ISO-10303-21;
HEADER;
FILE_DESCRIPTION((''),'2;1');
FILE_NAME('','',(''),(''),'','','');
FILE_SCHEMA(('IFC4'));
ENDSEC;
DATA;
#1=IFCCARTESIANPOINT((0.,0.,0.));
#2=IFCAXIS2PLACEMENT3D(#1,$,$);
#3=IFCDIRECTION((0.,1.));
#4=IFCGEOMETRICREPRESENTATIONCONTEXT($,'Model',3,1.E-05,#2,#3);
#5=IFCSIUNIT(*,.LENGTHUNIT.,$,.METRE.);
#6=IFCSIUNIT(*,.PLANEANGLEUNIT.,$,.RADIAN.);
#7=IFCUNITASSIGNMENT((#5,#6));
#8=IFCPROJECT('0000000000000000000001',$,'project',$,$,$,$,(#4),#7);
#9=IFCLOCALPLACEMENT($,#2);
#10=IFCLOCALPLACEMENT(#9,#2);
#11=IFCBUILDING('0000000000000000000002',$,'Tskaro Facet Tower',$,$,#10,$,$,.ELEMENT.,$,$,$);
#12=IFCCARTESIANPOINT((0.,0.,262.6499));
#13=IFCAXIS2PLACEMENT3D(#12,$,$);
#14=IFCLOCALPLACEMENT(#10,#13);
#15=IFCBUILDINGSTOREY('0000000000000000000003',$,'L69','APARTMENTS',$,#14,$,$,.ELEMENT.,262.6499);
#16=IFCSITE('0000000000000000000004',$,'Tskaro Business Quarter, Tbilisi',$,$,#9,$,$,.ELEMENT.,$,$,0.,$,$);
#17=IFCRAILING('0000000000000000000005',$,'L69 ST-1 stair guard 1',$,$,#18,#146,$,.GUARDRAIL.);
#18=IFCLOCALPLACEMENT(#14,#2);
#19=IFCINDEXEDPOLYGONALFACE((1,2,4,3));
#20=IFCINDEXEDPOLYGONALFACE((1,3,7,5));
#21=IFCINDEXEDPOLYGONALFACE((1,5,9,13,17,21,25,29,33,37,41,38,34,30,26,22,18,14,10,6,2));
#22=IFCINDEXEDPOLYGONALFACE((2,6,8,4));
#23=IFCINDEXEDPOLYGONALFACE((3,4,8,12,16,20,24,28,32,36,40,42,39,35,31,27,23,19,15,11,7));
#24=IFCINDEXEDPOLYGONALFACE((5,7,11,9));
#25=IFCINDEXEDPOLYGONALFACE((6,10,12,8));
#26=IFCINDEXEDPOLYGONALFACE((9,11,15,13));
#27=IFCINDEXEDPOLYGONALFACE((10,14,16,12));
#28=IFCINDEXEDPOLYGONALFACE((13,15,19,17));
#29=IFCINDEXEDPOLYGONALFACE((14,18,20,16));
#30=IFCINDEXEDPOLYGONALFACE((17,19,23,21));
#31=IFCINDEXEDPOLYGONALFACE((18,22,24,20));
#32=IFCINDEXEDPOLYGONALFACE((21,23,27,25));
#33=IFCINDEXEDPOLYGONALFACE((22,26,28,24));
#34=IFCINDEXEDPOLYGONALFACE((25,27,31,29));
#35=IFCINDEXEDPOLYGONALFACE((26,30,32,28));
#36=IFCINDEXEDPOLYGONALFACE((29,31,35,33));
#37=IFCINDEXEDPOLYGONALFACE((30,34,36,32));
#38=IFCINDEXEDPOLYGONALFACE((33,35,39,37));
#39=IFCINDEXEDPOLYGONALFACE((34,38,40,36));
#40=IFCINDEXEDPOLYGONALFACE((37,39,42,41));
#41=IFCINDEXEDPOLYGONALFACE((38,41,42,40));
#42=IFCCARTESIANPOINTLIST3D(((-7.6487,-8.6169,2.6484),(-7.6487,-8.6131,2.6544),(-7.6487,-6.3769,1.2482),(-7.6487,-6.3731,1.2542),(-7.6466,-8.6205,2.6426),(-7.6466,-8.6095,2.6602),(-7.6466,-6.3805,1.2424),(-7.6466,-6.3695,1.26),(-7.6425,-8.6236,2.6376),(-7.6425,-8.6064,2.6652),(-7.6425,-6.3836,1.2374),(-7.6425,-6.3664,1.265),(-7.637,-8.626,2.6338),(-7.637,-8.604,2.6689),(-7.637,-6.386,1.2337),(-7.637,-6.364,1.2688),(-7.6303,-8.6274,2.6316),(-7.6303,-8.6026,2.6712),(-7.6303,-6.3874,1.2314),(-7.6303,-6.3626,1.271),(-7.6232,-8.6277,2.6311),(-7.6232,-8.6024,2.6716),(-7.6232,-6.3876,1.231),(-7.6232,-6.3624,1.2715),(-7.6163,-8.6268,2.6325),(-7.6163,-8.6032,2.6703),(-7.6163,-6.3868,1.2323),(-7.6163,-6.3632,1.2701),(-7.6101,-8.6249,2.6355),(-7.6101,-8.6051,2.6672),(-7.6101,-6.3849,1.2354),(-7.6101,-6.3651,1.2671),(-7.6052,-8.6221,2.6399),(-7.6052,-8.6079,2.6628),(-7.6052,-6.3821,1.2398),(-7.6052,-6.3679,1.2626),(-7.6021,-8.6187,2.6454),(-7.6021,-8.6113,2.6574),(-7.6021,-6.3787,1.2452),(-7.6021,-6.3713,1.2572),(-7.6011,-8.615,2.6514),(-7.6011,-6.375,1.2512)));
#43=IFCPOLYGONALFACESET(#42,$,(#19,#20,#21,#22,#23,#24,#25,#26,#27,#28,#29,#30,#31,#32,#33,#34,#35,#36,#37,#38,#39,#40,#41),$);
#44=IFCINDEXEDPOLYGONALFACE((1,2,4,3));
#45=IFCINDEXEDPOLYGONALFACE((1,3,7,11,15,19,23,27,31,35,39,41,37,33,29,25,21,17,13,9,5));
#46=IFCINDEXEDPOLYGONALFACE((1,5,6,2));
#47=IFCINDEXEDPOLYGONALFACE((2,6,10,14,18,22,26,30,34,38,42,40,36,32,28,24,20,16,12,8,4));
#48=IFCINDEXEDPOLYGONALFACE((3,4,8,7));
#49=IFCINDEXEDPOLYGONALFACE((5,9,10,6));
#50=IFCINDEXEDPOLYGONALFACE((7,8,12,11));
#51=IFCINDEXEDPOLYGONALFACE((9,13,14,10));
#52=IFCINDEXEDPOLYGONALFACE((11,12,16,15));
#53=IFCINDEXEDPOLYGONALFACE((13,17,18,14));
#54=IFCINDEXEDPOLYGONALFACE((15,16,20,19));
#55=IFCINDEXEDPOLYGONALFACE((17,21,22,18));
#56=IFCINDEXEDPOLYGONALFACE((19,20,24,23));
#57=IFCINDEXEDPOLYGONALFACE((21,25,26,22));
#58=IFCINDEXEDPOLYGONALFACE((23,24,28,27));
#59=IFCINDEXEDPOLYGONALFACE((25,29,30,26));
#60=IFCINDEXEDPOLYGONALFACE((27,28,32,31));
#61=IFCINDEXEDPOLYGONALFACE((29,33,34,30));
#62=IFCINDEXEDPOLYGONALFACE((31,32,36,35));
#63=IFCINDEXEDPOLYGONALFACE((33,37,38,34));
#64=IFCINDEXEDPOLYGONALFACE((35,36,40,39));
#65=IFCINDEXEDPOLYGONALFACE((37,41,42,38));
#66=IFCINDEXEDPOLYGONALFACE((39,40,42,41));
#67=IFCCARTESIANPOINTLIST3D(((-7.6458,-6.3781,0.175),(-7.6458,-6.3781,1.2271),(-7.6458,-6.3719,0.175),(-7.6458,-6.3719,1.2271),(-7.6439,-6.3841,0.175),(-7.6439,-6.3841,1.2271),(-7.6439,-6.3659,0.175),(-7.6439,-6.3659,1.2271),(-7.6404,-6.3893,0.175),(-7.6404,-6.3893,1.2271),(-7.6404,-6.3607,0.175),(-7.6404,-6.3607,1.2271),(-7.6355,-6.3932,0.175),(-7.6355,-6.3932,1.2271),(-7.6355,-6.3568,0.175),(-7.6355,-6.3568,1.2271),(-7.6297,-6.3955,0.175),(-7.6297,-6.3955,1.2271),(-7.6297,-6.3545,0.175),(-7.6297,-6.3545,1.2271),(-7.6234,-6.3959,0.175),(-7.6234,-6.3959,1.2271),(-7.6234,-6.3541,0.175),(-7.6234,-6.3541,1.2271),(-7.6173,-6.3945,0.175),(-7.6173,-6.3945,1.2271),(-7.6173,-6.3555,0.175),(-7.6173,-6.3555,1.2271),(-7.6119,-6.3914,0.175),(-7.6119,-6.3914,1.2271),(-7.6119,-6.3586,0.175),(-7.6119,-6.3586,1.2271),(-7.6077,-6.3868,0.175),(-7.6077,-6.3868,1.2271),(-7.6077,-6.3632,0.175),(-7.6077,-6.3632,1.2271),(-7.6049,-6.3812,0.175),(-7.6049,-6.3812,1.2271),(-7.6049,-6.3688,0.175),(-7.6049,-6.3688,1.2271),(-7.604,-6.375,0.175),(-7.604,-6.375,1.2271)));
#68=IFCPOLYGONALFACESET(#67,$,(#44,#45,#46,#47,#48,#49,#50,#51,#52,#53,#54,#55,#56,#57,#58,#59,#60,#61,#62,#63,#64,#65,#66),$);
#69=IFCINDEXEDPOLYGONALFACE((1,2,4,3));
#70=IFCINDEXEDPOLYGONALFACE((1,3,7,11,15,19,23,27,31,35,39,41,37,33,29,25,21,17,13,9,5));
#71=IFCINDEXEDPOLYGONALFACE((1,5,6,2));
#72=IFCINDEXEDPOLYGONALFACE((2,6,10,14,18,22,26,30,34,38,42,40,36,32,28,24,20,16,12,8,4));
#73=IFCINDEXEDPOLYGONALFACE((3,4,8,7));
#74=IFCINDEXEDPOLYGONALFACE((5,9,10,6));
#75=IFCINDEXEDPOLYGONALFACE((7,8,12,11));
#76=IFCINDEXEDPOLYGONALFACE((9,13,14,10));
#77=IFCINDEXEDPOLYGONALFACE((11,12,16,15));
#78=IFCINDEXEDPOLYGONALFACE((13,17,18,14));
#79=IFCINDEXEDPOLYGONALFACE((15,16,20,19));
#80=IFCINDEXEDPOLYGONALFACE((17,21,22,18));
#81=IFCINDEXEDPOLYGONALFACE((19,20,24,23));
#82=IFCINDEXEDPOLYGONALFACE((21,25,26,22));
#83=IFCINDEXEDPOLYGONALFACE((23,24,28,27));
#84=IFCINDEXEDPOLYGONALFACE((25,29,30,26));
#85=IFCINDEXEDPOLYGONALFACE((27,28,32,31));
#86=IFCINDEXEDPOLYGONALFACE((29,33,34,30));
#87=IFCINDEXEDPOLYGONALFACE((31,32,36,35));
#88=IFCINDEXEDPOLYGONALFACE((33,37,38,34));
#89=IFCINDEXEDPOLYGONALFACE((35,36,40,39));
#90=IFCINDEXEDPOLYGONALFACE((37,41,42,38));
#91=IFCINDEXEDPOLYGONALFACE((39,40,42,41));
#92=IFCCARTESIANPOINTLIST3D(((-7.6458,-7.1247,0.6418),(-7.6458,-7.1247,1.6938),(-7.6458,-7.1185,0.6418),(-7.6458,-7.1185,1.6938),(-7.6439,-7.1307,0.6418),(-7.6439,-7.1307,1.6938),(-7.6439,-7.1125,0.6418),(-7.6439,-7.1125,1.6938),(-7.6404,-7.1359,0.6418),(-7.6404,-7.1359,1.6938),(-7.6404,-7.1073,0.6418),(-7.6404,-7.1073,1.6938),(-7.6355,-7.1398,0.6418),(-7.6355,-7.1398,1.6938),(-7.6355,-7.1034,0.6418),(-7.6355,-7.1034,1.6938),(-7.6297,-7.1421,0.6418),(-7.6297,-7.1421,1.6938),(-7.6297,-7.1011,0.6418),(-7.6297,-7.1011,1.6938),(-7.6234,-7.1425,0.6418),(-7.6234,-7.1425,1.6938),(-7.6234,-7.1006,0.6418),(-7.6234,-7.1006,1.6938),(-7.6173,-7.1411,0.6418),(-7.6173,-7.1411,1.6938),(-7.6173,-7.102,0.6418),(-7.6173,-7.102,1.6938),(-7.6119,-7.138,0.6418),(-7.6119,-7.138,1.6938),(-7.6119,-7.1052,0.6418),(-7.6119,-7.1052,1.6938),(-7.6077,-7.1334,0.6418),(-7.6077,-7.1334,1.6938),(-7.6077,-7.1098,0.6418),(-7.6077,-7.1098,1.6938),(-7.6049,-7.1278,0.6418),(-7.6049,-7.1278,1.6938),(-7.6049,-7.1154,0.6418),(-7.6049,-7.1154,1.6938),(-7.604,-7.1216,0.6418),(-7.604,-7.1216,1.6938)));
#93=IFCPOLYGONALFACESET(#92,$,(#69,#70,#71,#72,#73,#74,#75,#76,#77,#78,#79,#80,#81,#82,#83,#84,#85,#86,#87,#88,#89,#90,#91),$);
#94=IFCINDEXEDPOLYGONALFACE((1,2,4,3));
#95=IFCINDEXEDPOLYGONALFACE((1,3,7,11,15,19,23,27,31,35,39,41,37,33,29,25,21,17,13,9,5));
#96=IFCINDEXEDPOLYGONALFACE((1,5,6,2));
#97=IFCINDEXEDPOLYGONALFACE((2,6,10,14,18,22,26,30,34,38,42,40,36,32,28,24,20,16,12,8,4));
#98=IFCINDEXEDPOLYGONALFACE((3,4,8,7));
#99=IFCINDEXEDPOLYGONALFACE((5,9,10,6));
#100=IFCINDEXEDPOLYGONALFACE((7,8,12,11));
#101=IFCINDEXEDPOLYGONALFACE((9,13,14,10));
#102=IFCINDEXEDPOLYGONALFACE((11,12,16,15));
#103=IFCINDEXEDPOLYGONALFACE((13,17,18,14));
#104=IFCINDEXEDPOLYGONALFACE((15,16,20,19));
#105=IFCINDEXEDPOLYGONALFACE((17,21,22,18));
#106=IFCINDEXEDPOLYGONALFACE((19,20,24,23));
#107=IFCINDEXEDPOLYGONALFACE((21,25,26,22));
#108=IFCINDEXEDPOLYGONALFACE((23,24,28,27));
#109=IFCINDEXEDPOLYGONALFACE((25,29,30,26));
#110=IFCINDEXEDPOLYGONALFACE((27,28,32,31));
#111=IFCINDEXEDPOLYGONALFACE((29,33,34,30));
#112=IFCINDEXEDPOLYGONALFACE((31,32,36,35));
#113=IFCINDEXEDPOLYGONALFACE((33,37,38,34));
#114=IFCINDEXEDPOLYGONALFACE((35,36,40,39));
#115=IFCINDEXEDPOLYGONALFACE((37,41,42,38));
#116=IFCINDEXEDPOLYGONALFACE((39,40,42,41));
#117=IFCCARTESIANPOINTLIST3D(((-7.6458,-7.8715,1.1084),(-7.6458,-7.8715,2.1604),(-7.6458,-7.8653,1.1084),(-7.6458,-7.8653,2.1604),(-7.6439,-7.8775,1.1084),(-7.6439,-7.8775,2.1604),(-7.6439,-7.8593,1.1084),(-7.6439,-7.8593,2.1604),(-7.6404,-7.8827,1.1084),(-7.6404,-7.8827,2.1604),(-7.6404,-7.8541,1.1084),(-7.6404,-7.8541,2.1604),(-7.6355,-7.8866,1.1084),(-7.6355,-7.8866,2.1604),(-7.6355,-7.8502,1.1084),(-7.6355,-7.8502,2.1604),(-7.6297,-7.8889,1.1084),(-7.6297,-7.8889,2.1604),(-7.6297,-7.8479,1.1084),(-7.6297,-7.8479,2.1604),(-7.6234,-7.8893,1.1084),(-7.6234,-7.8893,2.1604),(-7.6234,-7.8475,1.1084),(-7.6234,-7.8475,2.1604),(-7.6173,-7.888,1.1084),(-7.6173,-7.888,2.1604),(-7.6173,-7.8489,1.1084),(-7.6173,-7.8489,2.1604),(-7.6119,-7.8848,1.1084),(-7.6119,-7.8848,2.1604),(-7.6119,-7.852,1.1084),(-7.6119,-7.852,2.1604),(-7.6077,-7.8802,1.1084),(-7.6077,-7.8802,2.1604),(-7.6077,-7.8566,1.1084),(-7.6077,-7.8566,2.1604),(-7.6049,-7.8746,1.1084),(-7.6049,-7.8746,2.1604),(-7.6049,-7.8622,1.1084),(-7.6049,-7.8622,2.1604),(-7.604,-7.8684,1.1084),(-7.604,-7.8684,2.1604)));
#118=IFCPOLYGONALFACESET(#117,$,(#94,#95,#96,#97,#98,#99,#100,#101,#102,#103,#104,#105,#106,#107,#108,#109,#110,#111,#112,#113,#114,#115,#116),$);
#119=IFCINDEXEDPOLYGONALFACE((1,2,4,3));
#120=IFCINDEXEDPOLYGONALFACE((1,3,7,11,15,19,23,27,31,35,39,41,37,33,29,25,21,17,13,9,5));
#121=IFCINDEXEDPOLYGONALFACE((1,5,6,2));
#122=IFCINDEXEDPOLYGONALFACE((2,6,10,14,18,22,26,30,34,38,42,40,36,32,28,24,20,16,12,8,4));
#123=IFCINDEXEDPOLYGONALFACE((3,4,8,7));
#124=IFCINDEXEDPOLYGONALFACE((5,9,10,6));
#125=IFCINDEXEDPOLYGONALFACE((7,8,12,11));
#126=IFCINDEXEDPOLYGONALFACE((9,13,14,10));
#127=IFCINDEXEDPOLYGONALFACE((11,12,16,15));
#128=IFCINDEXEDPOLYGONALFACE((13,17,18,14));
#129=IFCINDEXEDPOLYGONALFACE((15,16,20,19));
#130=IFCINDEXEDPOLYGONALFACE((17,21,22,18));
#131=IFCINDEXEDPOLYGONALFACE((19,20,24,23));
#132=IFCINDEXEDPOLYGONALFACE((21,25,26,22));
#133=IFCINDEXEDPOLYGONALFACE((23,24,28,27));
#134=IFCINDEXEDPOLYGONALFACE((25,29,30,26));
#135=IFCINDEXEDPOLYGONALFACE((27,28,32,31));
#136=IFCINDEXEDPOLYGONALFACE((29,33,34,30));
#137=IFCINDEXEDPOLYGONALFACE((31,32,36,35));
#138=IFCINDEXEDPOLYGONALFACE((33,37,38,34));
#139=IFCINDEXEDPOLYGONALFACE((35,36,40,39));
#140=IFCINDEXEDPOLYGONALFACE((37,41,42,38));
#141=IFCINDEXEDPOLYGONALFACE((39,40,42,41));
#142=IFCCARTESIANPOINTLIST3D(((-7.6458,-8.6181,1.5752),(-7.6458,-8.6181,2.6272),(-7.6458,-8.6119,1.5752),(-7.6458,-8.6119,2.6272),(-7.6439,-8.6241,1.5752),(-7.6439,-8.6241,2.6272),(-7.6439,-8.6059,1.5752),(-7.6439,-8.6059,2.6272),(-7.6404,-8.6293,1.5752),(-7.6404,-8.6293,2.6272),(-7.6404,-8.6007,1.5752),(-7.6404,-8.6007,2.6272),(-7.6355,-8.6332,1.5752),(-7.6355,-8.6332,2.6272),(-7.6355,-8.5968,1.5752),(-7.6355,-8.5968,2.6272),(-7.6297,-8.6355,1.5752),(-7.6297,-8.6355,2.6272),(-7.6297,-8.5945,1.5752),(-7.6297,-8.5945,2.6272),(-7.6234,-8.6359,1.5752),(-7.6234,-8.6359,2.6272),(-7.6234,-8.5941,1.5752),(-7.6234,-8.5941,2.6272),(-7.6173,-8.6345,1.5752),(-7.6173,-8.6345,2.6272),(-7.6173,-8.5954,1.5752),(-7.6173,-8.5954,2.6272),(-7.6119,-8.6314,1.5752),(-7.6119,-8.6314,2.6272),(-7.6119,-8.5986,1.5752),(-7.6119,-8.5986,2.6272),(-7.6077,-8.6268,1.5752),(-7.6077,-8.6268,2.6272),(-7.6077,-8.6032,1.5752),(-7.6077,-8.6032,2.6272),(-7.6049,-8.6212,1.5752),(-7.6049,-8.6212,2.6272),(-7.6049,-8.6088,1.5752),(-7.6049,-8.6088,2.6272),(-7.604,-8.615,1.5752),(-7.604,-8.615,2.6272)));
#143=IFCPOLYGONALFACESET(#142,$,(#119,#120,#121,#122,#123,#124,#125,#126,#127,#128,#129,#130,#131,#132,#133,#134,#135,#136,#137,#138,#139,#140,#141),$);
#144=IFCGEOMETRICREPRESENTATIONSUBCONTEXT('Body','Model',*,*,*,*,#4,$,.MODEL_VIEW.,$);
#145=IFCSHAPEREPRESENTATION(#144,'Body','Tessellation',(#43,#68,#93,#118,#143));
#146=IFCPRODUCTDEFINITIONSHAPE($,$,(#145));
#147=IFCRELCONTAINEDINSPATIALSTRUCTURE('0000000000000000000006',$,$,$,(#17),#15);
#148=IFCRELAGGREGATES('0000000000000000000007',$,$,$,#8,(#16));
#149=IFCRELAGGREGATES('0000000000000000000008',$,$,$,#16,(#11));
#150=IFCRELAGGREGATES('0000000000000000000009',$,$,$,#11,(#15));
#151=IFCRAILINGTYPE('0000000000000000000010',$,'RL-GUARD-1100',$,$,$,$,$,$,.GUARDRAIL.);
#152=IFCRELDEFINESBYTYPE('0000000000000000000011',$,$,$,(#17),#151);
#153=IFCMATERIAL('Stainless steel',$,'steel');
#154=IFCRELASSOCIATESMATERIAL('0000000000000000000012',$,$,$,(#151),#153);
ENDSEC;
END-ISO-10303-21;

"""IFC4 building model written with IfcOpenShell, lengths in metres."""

from ifc_helpers import new_model, si_unit, direction, frame, origin, origin_2d, place, context, subcontext, project, spatial, circle, extrude, material, type_object, element, save


model = new_model("IFC4")

# Units and contexts
model_context = context("Model", 3, precision=1e-05, world=origin(), true_north=direction((0.0, 1.0)))
body_context = subcontext(model_context, "Body", "Model", "MODEL_VIEW")
ifc_project = project(units=[si_unit("LENGTHUNIT", "METRE"), si_unit("PLANEANGLEUNIT", "RADIAN")], contexts=[model_context])

# Site, building, storey
site_placement = place(None, origin())
site = spatial("IfcSite", under=ifc_project, at=site_placement, Name="Tskaro Business Quarter, Tbilisi", CompositionType="ELEMENT", RefElevation=0.0)
building_placement = place(site_placement, origin())
building = spatial("IfcBuilding", under=site, at=building_placement, Name="Tskaro Facet Tower", CompositionType="ELEMENT")
storey_placement = place(building_placement, frame((0.0, 0.0, 262.6499)))
storey = spatial("IfcBuildingStorey", under=building, at=storey_placement, Name="L69", Description="APARTMENTS", CompositionType="ELEMENT", Elevation=262.6499)

# Shared definitions
ifc_material_1 = material(Name="Stainless steel", Category="steel")

# Railing
railing_type_1 = type_object("IfcRailingType", Name="RL-GUARD-1100", PredefinedType="GUARDRAIL", material=ifc_material_1)
railing_1_placement = place(storey_placement, frame((-7.625, -6.375, 0.175)))
element("IfcRailing", 1, at=railing_1_placement, inside=storey, type_object=railing_type_1, Name="L69 ST-1 stair guard 1", PredefinedType="GUARDRAIL", context=body_context, shape_type="SweptSolid", body=[
    extrude(circle(Radius=0.0239, at=origin_2d()), frame((0.0, 0.0, 1.0762), z_axis=(0.0, -0.847972, 0.53004), x_axis=(1.0, 0.0, 0.0)), (0.0, 0.0, 1.0), 2.6416),
    extrude(circle(Radius=0.021, at=origin_2d()), origin(), (0.0, 0.0, 1.0), 1.052),
    extrude(circle(Radius=0.021, at=origin_2d()), frame((0.0, -0.7466, 0.4668)), (0.0, 0.0, 1.0), 1.052),
    extrude(circle(Radius=0.021, at=origin_2d()), frame((0.0, -1.4934, 0.9333)), (0.0, 0.0, 1.0), 1.052),
    extrude(circle(Radius=0.021, at=origin_2d()), frame((0.0, -2.24, 1.4001)), (0.0, 0.0, 1.0), 1.052),
])

save(model, "model.ifc")
